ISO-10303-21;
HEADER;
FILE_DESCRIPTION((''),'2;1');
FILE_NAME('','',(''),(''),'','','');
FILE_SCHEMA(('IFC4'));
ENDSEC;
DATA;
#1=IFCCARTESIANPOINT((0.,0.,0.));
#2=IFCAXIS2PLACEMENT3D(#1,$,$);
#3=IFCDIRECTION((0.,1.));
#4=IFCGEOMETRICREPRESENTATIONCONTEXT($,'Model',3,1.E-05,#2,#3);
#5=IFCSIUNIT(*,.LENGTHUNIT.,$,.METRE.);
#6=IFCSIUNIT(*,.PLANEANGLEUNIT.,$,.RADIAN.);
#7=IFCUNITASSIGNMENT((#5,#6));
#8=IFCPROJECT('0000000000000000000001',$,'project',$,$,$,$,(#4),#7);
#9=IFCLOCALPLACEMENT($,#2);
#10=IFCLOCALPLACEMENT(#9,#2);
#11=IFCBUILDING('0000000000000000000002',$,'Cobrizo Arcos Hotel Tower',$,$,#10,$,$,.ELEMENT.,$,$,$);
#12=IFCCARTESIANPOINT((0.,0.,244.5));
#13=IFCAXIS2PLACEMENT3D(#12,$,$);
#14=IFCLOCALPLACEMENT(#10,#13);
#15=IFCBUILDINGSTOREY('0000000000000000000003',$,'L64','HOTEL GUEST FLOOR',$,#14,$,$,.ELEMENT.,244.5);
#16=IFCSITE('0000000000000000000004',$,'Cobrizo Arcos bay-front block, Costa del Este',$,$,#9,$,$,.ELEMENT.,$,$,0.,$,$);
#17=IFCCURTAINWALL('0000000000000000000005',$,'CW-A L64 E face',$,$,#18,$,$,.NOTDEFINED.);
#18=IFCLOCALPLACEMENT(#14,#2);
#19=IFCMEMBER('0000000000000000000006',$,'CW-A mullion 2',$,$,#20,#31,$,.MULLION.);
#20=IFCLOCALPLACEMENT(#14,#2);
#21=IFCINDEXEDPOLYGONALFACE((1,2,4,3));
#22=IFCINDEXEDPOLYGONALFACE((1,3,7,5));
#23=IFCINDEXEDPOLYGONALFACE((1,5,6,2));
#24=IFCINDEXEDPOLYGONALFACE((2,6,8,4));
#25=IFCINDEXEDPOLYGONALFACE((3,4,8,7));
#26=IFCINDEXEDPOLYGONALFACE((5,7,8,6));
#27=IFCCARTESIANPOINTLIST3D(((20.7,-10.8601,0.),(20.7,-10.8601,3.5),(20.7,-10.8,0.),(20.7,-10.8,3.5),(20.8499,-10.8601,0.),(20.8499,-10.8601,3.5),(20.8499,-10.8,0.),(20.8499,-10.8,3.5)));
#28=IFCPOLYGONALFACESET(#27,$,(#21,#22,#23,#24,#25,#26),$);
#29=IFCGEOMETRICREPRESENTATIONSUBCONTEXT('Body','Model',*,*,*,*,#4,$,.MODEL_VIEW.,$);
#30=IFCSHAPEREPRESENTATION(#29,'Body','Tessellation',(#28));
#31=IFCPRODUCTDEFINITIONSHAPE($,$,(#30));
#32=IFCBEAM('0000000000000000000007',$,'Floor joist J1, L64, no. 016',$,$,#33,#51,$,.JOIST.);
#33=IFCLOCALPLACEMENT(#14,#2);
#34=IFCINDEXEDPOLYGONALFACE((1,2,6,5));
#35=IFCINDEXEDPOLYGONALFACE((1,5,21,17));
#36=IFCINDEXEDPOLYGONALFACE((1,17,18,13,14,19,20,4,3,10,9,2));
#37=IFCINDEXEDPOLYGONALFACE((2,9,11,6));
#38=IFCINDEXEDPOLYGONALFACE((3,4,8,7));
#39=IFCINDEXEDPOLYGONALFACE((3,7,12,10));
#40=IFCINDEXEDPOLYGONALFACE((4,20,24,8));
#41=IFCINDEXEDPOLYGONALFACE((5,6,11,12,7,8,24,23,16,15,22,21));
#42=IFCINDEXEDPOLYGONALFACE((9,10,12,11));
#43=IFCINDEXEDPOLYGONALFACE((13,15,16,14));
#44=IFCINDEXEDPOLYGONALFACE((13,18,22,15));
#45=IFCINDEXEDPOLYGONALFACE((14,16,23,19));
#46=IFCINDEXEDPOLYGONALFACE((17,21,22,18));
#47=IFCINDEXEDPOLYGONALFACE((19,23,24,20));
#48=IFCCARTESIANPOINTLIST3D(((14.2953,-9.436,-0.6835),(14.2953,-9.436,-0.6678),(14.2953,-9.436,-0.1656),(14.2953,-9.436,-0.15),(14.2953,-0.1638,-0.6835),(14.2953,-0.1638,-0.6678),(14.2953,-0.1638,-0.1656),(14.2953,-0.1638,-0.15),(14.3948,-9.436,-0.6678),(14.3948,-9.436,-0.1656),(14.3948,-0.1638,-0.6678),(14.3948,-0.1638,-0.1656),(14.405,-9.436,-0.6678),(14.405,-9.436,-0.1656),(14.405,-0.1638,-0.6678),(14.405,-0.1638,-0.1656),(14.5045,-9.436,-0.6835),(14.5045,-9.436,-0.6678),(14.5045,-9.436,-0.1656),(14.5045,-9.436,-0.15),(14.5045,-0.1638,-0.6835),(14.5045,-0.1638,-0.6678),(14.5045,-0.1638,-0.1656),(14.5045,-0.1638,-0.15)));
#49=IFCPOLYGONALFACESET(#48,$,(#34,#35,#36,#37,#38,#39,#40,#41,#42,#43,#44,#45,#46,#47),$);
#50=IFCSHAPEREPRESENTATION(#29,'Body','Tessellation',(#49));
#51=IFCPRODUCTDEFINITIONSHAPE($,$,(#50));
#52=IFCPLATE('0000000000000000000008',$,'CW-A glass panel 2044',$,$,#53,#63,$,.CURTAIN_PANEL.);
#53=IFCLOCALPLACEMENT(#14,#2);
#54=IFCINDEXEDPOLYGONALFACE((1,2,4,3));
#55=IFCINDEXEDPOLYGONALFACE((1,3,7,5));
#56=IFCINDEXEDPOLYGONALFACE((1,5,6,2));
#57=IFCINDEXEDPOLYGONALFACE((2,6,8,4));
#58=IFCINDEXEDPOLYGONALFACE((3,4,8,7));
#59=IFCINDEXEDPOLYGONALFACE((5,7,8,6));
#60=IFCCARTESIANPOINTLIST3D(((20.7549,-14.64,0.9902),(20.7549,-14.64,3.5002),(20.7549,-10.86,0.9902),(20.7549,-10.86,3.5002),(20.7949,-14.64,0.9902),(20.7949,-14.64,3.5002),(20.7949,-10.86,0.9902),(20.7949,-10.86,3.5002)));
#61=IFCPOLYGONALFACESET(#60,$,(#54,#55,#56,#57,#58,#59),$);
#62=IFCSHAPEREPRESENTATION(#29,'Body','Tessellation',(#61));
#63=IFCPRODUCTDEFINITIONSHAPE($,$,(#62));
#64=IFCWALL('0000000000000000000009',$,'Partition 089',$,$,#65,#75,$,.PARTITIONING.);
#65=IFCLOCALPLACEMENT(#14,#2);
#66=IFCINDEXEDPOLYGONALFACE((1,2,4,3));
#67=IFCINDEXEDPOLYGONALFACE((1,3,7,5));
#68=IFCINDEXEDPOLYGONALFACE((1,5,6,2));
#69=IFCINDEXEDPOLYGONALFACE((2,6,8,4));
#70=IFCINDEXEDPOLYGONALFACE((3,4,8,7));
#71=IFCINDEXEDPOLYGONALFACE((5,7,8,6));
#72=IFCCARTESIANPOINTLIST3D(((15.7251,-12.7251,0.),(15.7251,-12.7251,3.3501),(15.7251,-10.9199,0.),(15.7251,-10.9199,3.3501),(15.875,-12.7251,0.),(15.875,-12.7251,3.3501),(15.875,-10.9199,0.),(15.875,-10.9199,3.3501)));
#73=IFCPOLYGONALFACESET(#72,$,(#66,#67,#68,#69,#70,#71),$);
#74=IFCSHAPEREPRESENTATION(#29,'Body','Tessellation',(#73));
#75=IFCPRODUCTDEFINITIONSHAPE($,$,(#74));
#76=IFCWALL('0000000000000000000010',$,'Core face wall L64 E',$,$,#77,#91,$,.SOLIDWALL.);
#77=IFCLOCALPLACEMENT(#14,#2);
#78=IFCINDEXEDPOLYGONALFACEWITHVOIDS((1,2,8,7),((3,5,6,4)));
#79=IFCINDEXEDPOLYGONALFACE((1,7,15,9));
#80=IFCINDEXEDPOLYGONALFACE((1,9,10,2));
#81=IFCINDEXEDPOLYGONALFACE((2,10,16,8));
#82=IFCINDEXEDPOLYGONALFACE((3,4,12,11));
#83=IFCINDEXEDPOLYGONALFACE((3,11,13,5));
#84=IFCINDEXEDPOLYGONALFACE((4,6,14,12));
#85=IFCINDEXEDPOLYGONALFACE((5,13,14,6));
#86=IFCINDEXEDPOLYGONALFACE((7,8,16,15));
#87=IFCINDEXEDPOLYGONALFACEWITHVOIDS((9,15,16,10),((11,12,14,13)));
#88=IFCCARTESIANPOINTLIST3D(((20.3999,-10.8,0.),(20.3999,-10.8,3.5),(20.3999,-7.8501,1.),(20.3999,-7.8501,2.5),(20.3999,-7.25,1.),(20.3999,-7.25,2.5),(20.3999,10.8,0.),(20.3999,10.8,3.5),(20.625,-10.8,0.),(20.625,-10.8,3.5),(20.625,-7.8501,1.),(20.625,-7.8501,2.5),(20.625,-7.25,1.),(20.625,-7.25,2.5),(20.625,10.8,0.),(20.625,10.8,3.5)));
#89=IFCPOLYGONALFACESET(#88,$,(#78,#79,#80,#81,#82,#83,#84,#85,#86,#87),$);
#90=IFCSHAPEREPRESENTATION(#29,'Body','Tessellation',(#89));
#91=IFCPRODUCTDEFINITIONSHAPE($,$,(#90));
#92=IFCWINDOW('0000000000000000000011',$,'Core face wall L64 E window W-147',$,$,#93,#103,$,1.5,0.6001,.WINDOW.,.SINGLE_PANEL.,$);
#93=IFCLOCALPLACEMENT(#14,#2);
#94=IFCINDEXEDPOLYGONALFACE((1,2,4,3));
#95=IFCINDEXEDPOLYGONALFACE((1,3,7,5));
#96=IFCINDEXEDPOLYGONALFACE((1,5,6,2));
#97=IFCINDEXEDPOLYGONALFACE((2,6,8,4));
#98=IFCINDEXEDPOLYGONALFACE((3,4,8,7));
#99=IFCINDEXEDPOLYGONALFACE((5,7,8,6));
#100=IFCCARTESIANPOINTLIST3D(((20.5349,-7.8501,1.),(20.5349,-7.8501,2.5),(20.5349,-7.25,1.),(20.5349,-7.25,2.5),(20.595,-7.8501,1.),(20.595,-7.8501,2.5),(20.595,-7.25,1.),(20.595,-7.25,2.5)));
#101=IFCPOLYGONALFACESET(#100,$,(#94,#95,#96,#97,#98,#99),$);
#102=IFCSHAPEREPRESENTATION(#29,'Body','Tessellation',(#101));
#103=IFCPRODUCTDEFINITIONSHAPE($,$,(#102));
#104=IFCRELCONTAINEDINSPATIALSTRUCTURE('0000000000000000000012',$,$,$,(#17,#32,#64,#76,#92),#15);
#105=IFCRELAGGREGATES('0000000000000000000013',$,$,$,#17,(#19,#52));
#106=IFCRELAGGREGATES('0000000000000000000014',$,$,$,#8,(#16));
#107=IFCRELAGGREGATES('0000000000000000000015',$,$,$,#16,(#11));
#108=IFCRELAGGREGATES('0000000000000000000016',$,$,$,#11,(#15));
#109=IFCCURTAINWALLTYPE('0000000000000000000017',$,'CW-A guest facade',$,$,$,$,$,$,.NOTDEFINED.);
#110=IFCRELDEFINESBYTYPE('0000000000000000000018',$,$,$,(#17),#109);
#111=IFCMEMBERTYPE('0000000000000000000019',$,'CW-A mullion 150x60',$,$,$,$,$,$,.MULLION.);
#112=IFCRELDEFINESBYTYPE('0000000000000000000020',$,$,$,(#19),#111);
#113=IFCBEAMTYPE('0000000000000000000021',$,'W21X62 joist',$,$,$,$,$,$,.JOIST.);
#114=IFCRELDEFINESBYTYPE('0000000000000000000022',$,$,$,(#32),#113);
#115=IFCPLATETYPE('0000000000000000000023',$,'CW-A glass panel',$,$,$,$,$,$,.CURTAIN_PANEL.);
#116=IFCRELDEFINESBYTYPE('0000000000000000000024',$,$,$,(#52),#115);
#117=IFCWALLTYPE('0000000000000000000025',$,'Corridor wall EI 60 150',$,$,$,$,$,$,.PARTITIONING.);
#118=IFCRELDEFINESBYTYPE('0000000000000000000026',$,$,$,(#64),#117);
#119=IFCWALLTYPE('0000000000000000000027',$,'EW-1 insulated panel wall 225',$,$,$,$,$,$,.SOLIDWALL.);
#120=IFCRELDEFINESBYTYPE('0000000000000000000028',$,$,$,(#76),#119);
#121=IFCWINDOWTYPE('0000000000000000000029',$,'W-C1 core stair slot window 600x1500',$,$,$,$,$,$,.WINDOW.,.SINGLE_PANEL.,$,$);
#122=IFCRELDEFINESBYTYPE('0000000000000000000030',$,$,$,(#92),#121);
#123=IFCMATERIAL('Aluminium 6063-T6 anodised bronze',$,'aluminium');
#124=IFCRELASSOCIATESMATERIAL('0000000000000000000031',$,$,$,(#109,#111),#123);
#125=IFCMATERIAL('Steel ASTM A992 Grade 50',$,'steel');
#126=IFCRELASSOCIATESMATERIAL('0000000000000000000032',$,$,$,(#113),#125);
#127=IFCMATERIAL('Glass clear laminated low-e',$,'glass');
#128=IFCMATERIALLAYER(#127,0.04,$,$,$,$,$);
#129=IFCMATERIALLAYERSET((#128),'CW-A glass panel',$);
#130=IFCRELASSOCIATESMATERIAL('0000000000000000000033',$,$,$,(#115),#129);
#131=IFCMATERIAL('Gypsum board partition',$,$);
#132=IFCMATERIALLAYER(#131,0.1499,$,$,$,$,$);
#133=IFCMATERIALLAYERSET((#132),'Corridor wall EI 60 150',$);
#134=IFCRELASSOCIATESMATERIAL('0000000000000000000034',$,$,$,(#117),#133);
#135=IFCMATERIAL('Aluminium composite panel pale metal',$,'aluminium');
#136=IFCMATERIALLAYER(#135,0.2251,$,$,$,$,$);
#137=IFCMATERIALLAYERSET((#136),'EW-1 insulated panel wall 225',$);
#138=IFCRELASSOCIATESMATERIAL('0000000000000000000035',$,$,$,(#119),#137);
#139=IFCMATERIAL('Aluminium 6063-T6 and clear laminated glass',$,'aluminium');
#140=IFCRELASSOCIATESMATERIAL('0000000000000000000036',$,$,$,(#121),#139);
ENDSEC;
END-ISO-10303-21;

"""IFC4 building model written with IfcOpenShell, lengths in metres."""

from ifc_helpers import new_model, si_unit, direction, frame, frame_2d, origin, origin_2d, place, context, subcontext, project, spatial, rectangle, i_section, extrude, material, layer, layer_set, material_profile, profile_set, type_object, element, fill, aggregate, save


model = new_model("IFC4")

# Units and contexts
model_context = context("Model", 3, precision=1e-05, world=origin(), true_north=direction((0.0, 1.0)))
body_context = subcontext(model_context, "Body", "Model", "MODEL_VIEW")
ifc_project = project(units=[si_unit("LENGTHUNIT", "METRE"), si_unit("PLANEANGLEUNIT", "RADIAN")], contexts=[model_context])

# Site, building, storey
site_placement = place(None, origin())
site = spatial("IfcSite", under=ifc_project, at=site_placement, Name="Cobrizo Arcos bay-front block, Costa del Este", CompositionType="ELEMENT", RefElevation=0.0)
building_placement = place(site_placement, origin())
building = spatial("IfcBuilding", under=site, at=building_placement, Name="Cobrizo Arcos Hotel Tower", CompositionType="ELEMENT")
storey_placement = place(building_placement, frame((0.0, 0.0, 244.5)))
storey = spatial("IfcBuildingStorey", under=building, at=storey_placement, Name="L64", Description="HOTEL GUEST FLOOR", CompositionType="ELEMENT", Elevation=244.5)

# Curtain wall, member
ifc_material_1 = material(Name="Aluminium 6063-T6 anodised bronze", Category="aluminium")
curtain_wall_type = type_object("IfcCurtainWallType", Name="CW-A guest facade", PredefinedType="NOTDEFINED", material=ifc_material_1)
curtain_wall_placement = place(storey_placement, origin())
curtain_wall = element("IfcCurtainWall", 1, at=curtain_wall_placement, inside=storey, type_object=curtain_wall_type, Name="CW-A L64 E face", PredefinedType="NOTDEFINED")
ifc_material_profile_1 = material_profile(ifc_material_1, rectangle(XDim=0.1499, YDim=0.0601, at=origin_2d()), Name="CW-A mullion 150x60")
ifc_profile_set_1 = profile_set([ifc_material_profile_1], Name="Aluminium 6063-T6 anodised bronze")
member_type = type_object("IfcMemberType", Name="CW-A mullion 150x60", PredefinedType="MULLION", material=ifc_profile_set_1)
member_placement = place(storey_placement, frame((20.7749, -10.8301, 0.0), z_axis=(0.0, 0.0, 1.0), x_axis=(1.0, 0.0, 0.0)))
member = element("IfcMember", 2, at=member_placement, type_object=member_type, Name="CW-A mullion 2", PredefinedType="MULLION", context=body_context, shape_type="SweptSolid", body=[
    extrude(rectangle(XDim=0.1499, YDim=0.0601, at=origin_2d()), origin(), (0.0, 0.0, 1.0), 3.5),
])

# Beam
ifc_material_2 = material(Name="Steel ASTM A992 Grade 50", Category="steel")
ifc_material_profile_2 = material_profile(ifc_material_2, i_section(OverallWidth=0.2092, OverallDepth=0.5334, WebThickness=0.0103, FlangeThickness=0.0156, at=origin_2d()), Name="W21X62")
ifc_profile_set_2 = profile_set([ifc_material_profile_2], Name="Steel ASTM A992 Grade 50")
beam_type = type_object("IfcBeamType", Name="W21X62 joist", PredefinedType="JOIST", material=ifc_profile_set_2)
beam_placement = place(storey_placement, frame((14.3999, -9.436, -0.4167), z_axis=(0.0, 1.0, 0.0), x_axis=(-1.0, 0.0, 0.0)))
element("IfcBeam", 3, at=beam_placement, inside=storey, type_object=beam_type, Name="Floor joist J1, L64, no. 016", PredefinedType="JOIST", context=body_context, shape_type="SweptSolid", body=[
    extrude(i_section(OverallWidth=0.2092, OverallDepth=0.5334, WebThickness=0.0103, FlangeThickness=0.0156, at=origin_2d()), origin(), (0.0, 0.0, 1.0), 9.2722),
])

# Plate
ifc_material_3 = material(Name="Glass clear laminated low-e", Category="glass")
ifc_layer_1 = layer(ifc_material_3, 0.04)
ifc_layer_set_1 = layer_set([ifc_layer_1], Name="CW-A glass panel")
plate_type = type_object("IfcPlateType", Name="CW-A glass panel", PredefinedType="CURTAIN_PANEL", material=ifc_layer_set_1)
plate_placement = place(storey_placement, frame((20.7749, -12.75, 0.9902), z_axis=(0.0, 0.0, 1.0), x_axis=(0.0, 1.0, 0.0)))
plate = element("IfcPlate", 4, at=plate_placement, type_object=plate_type, Name="CW-A glass panel 2044", PredefinedType="CURTAIN_PANEL", context=body_context, shape_type="SweptSolid", body=[
    extrude(rectangle(XDim=3.78, YDim=0.04, at=origin_2d()), origin(), (0.0, 0.0, 1.0), 2.51),
])
aggregate(curtain_wall, [member, plate])

# Wall
ifc_material_4 = material(Name="Gypsum board partition")
ifc_layer_2 = layer(ifc_material_4, 0.1499)
ifc_layer_set_2 = layer_set([ifc_layer_2], Name="Corridor wall EI 60 150")
wall_type_1 = type_object("IfcWallType", Name="Corridor wall EI 60 150", PredefinedType="PARTITIONING", material=ifc_layer_set_2)
wall_1_placement = place(storey_placement, frame((15.8, -12.7251, 0.0), z_axis=(0.0, 0.0, 1.0), x_axis=(0.0, 1.0, 0.0)))
element("IfcWall", 5, at=wall_1_placement, inside=storey, type_object=wall_type_1, Name="Partition 089", PredefinedType="PARTITIONING", context=body_context, shape_type="SweptSolid", body=[
    extrude(rectangle(XDim=1.8052, YDim=0.1499, at=frame_2d((0.9026, 0.0))), origin(), (0.0, 0.0, 1.0), 3.3501),
])

# Wall, opening, window
ifc_material_5 = material(Name="Aluminium composite panel pale metal", Category="aluminium")
ifc_layer_3 = layer(ifc_material_5, 0.2251)
ifc_layer_set_3 = layer_set([ifc_layer_3], Name="EW-1 insulated panel wall 225")
wall_type_2 = type_object("IfcWallType", Name="EW-1 insulated panel wall 225", PredefinedType="SOLIDWALL", material=ifc_layer_set_3)
wall_2_placement = place(storey_placement, frame((20.5125, -10.8, 0.0), z_axis=(0.0, 0.0, 1.0), x_axis=(0.0, 1.0, 0.0)))
wall_2 = element("IfcWall", 6, at=wall_2_placement, inside=storey, type_object=wall_type_2, Name="Core face wall L64 E", PredefinedType="SOLIDWALL", context=body_context, shape_type="SweptSolid", body=[
    extrude(rectangle(XDim=21.6001, YDim=0.2251, at=frame_2d((10.8, 0.0))), origin(), (0.0, 0.0, 1.0), 3.5),
])
opening_1_placement = place(wall_2_placement, frame((2.95, 0.0, 1.0)))
opening_1 = element("IfcOpeningElement", 7, at=opening_1_placement, cuts=wall_2, PredefinedType="OPENING", context=body_context, shape_type="SweptSolid", body=[
    extrude(rectangle(XDim=0.6001, YDim=1.5, at=frame_2d((0.3, 0.75))), frame((0.0, 0.1245, 0.0), z_axis=(0.0, -1.0, 0.0), x_axis=(1.0, 0.0, 0.0)), (0.0, 0.0, 1.0), 0.249),
])
ifc_material_6 = material(Name="Aluminium 6063-T6 and clear laminated glass", Category="aluminium")
window_type = type_object("IfcWindowType", Name="W-C1 core stair slot window 600x1500", PartitioningType="SINGLE_PANEL", PredefinedType="WINDOW", material=ifc_material_6)
window_placement = place(opening_1_placement, origin())
window = element("IfcWindow", 8, at=window_placement, inside=storey, type_object=window_type, Name="Core face wall L64 E window W-147", OverallHeight=1.5, OverallWidth=0.6001, PartitioningType="SINGLE_PANEL", PredefinedType="WINDOW", context=body_context, shape_type="SweptSolid", body=[
    extrude(rectangle(XDim=0.6001, YDim=1.5, at=frame_2d((0.3, 0.75))), frame((0.0, -0.0225, 0.0), z_axis=(0.0, -1.0, 0.0), x_axis=(1.0, 0.0, 0.0)), (0.0, 0.0, 1.0), 0.0601),
])
fill(opening_1, window)

save(model, "model.ifc")
